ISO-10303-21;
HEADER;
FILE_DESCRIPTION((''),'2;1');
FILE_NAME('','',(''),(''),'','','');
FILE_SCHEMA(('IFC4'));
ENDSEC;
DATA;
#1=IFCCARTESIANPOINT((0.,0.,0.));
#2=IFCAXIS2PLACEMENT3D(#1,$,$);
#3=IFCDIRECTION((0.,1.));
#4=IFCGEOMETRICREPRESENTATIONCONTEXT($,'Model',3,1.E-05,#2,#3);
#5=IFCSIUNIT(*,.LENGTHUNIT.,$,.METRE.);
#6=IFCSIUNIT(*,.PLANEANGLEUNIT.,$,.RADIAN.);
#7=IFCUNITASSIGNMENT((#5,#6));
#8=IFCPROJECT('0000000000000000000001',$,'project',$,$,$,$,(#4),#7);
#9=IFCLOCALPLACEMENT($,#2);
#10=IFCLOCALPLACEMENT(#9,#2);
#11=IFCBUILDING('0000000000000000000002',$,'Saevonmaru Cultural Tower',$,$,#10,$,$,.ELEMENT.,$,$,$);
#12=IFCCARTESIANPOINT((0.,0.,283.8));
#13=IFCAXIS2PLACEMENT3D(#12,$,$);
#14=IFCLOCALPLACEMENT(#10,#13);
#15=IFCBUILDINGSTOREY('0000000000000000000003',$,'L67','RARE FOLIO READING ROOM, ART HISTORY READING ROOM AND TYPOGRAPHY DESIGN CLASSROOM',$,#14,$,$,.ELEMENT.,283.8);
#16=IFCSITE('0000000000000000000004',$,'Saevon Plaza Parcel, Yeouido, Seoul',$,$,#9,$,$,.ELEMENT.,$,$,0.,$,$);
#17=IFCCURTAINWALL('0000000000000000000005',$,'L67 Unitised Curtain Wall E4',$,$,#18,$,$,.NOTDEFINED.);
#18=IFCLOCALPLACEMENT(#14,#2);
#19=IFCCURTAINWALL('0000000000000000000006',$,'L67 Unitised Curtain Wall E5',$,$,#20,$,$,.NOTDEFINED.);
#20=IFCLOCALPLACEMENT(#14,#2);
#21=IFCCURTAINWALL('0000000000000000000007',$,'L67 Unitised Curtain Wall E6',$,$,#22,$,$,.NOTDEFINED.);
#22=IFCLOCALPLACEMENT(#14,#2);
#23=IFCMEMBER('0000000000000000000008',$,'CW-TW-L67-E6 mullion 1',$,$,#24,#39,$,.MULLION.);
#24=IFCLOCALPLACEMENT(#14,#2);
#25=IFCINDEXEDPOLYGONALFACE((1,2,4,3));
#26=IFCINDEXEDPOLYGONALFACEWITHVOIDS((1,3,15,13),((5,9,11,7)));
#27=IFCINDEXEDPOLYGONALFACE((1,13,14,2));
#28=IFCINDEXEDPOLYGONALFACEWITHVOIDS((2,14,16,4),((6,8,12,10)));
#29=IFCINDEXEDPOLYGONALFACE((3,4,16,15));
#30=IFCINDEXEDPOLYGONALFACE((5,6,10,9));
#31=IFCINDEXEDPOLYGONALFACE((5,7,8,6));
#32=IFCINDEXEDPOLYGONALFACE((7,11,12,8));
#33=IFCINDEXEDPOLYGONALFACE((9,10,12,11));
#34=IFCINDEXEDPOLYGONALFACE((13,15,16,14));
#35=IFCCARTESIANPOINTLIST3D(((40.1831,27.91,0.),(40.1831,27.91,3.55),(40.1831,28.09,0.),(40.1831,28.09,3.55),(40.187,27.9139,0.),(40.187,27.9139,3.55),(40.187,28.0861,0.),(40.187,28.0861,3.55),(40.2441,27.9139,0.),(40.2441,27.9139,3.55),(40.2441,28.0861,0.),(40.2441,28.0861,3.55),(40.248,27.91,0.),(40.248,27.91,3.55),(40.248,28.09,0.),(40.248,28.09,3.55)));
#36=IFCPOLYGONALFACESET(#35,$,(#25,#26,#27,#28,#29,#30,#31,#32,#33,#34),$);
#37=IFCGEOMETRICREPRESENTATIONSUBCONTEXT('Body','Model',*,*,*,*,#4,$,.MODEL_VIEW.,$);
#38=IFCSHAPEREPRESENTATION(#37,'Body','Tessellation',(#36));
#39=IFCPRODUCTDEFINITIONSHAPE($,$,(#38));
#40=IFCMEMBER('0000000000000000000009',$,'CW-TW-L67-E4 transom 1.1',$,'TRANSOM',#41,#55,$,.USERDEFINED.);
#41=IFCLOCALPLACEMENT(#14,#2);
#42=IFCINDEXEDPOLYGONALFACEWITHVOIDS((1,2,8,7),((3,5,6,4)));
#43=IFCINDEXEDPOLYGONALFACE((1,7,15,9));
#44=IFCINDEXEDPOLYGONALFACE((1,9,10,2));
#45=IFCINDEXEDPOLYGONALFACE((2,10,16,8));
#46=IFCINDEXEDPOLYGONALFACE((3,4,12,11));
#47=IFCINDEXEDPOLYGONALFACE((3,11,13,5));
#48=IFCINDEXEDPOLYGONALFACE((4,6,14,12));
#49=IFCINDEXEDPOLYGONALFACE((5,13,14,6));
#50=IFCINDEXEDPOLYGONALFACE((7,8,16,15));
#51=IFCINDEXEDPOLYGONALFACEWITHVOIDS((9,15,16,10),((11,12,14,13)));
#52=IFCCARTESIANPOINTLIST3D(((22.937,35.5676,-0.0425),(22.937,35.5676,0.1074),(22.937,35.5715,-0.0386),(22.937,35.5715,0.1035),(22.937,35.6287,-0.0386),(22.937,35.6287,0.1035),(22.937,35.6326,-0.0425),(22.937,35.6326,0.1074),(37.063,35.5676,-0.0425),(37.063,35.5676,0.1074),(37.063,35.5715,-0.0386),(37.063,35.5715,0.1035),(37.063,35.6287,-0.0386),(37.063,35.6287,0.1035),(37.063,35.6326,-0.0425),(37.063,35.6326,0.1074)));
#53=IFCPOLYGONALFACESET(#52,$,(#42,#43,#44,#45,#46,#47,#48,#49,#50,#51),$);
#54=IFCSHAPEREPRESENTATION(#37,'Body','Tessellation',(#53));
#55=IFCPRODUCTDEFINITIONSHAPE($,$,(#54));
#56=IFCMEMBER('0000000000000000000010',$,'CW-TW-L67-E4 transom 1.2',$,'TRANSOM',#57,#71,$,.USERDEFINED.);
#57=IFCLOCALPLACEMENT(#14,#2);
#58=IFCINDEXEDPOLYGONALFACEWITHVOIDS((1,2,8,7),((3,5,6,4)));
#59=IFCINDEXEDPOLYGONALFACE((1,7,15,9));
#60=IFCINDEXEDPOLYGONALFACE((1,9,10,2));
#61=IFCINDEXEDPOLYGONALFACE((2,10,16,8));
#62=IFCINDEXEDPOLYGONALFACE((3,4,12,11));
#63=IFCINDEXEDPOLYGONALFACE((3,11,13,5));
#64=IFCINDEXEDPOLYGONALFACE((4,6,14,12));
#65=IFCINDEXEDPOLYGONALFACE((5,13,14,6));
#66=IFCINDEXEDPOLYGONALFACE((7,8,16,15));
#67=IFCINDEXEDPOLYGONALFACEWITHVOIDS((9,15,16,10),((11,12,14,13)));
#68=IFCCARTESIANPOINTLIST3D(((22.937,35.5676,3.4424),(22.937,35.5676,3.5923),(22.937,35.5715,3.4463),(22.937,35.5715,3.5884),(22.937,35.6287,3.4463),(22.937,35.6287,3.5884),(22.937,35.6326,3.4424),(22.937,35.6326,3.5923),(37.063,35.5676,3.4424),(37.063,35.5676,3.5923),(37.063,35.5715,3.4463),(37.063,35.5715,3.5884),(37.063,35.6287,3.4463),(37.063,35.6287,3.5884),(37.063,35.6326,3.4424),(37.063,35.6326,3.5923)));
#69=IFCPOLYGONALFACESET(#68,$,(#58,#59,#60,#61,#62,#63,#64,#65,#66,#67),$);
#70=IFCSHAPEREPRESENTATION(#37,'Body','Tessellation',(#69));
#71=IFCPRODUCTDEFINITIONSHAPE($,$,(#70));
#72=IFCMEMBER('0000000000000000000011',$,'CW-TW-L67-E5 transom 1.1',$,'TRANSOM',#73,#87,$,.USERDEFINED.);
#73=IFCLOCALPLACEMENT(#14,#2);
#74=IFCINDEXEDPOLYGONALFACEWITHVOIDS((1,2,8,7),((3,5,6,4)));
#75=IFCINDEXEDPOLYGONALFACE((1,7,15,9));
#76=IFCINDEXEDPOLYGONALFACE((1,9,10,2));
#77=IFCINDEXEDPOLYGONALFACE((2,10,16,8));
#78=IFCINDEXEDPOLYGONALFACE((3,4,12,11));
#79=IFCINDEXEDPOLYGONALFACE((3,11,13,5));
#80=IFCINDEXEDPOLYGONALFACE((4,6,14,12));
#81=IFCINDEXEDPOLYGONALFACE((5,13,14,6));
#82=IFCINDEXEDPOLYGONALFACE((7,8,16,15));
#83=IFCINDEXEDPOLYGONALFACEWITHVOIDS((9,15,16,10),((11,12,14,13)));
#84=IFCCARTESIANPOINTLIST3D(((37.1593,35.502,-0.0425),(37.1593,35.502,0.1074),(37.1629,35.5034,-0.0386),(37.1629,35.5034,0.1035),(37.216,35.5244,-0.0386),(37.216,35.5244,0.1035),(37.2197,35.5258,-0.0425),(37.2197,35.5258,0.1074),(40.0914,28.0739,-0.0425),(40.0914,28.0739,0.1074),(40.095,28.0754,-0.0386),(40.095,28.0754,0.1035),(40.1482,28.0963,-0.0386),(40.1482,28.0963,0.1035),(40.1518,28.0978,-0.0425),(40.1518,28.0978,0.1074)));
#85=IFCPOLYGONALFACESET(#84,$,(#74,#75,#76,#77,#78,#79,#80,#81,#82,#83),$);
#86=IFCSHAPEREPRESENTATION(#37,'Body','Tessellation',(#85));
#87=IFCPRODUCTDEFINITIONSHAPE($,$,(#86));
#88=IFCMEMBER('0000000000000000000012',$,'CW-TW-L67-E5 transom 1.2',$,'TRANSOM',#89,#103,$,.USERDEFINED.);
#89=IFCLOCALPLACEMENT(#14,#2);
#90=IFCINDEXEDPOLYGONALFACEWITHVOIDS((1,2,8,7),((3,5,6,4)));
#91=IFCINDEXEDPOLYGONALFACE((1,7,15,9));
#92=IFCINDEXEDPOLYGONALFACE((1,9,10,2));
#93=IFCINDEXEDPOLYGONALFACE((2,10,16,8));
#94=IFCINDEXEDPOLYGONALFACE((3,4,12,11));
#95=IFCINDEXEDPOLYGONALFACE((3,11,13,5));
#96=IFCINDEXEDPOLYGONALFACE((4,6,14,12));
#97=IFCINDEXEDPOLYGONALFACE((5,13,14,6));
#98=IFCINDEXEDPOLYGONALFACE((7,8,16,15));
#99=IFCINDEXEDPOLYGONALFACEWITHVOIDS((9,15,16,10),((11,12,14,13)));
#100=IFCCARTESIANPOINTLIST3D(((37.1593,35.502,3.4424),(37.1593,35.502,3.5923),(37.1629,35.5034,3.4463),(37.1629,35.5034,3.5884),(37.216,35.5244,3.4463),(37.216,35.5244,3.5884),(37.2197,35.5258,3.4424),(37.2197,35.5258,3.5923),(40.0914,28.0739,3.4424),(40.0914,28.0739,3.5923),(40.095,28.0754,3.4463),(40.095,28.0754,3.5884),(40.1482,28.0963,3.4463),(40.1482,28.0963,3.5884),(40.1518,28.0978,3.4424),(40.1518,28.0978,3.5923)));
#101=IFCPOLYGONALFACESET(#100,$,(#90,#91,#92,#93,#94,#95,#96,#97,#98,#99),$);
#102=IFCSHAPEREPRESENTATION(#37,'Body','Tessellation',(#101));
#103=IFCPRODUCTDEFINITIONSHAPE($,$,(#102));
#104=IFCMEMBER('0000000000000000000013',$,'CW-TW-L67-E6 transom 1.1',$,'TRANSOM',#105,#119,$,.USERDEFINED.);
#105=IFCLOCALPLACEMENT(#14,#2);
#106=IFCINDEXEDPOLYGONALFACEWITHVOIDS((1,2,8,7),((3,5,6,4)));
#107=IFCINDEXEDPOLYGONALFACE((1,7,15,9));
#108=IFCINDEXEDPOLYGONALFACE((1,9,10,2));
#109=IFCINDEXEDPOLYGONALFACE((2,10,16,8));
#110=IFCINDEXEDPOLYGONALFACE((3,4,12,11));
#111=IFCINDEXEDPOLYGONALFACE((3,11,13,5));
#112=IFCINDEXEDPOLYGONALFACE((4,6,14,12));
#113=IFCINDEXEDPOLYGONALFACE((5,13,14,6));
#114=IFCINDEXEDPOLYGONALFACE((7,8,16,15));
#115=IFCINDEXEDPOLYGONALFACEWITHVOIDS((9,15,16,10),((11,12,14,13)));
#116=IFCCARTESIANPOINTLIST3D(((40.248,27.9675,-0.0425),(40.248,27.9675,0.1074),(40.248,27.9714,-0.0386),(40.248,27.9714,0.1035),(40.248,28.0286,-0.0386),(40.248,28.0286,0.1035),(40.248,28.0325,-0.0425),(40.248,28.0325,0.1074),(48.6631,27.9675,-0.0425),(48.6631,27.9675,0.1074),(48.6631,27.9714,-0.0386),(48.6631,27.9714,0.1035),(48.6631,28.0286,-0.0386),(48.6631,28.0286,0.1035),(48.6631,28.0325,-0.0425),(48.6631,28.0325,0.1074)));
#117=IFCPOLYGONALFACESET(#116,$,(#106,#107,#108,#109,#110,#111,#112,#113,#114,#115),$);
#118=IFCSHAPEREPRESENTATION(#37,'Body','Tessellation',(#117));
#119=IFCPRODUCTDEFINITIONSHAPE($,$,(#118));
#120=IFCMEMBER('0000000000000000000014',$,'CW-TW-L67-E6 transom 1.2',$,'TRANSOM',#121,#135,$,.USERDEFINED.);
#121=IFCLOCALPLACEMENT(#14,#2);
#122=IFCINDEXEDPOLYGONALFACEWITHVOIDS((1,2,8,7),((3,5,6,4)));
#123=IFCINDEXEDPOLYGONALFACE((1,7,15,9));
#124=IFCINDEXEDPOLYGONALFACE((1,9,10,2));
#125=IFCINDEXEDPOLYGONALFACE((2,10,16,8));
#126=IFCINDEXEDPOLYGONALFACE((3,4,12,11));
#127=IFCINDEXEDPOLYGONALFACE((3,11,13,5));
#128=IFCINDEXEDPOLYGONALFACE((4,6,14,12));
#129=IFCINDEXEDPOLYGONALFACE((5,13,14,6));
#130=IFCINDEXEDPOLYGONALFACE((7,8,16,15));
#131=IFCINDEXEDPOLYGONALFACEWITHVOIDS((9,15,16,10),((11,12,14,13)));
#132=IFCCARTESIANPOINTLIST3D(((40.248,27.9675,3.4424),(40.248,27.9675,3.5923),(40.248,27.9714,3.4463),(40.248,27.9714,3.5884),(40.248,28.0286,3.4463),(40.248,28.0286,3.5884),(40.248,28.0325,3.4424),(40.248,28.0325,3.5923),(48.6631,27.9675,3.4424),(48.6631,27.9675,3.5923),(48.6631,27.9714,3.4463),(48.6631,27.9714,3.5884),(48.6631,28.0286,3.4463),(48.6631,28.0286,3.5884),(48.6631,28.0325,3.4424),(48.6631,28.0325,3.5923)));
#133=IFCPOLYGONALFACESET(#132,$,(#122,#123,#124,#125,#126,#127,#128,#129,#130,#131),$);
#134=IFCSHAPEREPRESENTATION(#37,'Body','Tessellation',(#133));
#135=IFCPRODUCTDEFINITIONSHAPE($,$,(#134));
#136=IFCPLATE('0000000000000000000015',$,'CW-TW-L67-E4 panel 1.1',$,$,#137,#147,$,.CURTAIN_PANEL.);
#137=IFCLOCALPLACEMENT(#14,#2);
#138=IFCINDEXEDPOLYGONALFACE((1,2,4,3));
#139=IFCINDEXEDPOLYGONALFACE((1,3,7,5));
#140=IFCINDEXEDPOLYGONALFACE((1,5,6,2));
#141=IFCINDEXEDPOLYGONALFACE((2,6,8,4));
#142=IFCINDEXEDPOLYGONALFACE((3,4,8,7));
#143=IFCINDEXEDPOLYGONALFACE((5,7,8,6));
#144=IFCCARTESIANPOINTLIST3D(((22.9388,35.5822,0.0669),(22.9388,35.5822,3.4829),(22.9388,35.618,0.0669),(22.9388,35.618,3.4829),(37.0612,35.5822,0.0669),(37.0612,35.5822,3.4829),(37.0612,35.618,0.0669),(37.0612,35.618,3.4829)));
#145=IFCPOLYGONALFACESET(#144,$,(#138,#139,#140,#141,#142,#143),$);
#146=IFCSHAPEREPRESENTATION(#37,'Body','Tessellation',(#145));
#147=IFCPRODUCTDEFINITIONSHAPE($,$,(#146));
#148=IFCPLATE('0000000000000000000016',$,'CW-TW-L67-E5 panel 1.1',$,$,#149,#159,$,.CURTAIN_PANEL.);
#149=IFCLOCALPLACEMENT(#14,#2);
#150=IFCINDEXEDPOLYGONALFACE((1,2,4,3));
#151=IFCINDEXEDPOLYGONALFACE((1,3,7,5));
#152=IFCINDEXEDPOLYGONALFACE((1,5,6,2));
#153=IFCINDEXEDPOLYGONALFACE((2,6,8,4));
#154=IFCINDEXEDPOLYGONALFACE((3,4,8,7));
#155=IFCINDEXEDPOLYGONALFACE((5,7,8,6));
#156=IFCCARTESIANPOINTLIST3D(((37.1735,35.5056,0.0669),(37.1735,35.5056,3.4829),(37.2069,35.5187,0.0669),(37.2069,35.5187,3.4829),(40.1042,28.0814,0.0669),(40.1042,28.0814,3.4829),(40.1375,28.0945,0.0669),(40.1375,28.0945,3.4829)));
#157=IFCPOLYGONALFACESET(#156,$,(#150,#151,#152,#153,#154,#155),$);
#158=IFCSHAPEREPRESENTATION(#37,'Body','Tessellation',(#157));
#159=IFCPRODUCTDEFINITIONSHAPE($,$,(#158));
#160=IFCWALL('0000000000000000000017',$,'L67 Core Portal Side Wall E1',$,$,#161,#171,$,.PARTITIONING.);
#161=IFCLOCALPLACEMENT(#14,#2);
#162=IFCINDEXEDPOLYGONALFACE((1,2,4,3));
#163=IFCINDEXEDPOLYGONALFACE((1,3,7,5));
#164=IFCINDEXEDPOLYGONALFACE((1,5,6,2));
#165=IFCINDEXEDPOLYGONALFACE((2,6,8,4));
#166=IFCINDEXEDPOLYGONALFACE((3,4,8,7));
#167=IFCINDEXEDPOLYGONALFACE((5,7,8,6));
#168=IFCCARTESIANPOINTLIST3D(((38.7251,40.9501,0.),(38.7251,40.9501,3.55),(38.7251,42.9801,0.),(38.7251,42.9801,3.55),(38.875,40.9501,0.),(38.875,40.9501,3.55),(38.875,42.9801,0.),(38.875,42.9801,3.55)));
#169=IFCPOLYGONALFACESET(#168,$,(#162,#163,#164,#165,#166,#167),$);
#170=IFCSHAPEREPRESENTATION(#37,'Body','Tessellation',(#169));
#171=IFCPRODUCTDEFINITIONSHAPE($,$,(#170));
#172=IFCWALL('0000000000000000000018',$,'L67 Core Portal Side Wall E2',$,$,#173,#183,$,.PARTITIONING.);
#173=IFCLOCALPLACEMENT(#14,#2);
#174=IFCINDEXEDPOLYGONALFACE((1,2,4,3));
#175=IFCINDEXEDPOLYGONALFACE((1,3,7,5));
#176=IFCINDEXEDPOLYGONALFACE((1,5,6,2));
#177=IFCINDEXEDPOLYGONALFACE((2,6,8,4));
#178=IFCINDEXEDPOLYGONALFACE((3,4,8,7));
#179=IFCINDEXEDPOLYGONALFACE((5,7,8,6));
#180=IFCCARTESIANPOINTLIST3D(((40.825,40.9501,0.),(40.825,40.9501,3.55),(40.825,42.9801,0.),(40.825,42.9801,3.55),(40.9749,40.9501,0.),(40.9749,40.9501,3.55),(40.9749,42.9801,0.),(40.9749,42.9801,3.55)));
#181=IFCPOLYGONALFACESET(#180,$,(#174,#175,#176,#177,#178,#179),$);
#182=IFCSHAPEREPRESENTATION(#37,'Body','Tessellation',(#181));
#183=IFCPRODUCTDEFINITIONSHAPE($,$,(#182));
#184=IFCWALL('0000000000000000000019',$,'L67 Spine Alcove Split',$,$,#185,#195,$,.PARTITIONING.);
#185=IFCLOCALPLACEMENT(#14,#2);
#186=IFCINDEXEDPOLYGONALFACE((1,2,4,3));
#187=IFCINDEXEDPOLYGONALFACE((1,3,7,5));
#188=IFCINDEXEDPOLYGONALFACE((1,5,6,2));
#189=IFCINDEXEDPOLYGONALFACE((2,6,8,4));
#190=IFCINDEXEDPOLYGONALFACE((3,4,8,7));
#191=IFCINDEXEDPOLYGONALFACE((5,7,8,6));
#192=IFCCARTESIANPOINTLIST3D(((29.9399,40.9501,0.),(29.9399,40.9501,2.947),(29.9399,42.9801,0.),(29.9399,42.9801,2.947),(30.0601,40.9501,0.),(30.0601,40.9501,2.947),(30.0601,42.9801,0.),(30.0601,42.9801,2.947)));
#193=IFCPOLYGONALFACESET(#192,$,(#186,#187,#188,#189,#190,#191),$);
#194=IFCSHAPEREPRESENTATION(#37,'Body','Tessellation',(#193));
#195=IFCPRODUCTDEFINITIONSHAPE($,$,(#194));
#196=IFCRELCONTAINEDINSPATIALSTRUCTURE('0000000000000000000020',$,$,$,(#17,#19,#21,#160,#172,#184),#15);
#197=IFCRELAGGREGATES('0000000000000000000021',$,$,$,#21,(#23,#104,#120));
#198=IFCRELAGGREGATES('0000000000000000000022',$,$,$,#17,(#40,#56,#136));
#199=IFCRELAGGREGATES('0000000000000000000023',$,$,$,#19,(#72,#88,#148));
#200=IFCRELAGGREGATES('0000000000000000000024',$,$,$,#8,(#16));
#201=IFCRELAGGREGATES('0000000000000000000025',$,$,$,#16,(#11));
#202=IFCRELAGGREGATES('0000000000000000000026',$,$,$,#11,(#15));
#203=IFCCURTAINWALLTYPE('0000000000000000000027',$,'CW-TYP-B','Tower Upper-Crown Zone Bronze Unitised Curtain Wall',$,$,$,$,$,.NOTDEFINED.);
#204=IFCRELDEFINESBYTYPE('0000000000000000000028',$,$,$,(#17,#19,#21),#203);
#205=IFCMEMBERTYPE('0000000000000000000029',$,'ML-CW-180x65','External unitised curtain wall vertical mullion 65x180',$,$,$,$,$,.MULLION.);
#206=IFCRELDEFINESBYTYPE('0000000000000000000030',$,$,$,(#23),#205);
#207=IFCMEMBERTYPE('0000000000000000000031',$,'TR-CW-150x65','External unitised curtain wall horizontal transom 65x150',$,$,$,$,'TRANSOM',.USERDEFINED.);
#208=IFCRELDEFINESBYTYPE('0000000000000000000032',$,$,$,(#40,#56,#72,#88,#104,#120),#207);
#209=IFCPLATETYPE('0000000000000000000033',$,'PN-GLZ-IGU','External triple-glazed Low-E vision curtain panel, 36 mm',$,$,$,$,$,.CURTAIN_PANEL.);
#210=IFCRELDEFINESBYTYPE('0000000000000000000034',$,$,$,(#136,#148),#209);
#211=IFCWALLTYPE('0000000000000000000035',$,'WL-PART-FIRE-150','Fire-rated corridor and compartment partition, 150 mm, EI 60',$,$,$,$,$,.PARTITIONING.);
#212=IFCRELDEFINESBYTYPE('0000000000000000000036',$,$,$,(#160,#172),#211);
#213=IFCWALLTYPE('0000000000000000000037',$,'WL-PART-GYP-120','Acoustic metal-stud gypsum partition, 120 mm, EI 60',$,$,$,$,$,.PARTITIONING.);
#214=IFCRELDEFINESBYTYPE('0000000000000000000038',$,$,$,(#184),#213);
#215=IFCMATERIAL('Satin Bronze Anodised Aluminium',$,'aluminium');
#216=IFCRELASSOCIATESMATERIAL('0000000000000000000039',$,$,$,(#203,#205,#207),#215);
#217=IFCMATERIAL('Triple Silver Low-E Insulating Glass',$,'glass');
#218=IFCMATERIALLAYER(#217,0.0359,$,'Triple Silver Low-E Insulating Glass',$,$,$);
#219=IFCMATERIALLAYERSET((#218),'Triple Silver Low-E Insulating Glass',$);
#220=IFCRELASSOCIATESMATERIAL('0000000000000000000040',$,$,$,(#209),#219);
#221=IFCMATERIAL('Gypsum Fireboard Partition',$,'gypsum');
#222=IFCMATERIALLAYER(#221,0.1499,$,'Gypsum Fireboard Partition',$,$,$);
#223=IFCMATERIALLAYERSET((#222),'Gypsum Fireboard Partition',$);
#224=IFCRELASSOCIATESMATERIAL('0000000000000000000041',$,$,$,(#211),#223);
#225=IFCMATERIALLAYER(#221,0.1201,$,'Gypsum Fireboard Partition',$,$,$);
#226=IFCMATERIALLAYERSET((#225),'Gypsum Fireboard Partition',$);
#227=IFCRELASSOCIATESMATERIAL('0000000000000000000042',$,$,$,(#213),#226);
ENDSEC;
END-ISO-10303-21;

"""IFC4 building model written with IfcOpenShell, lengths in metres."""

from ifc_helpers import new_model, si_unit, direction, frame, frame_2d, origin, origin_2d, place, context, subcontext, project, spatial, rectangle, hollow_rectangle, extrude, material, layer, layer_set, material_profile, profile_set, type_object, element, aggregate, save


model = new_model("IFC4")

# Units and contexts
model_context = context("Model", 3, precision=1e-05, world=origin(), true_north=direction((0.0, 1.0)))
body_context = subcontext(model_context, "Body", "Model", "MODEL_VIEW")
ifc_project = project(units=[si_unit("LENGTHUNIT", "METRE"), si_unit("PLANEANGLEUNIT", "RADIAN")], contexts=[model_context])

# Site, building, storey
site_placement = place(None, origin())
site = spatial("IfcSite", under=ifc_project, at=site_placement, Name="Saevon Plaza Parcel, Yeouido, Seoul", CompositionType="ELEMENT", RefElevation=0.0)
building_placement = place(site_placement, origin())
building = spatial("IfcBuilding", under=site, at=building_placement, Name="Saevonmaru Cultural Tower", CompositionType="ELEMENT")
storey_placement = place(building_placement, frame((0.0, 0.0, 283.8)))
storey = spatial("IfcBuildingStorey", under=building, at=storey_placement, Name="L67", Description="RARE FOLIO READING ROOM, ART HISTORY READING ROOM AND TYPOGRAPHY DESIGN CLASSROOM", CompositionType="ELEMENT", Elevation=283.8)

# Shared definitions
ifc_material_1 = material(Name="Satin Bronze Anodised Aluminium", Category="aluminium")
curtain_wall_type = type_object("IfcCurtainWallType", Name="CW-TYP-B", Description="Tower Upper-Crown Zone Bronze Unitised Curtain Wall", PredefinedType="NOTDEFINED", material=ifc_material_1)
ifc_material_profile_1 = material_profile(ifc_material_1, hollow_rectangle(XDim=0.0649, YDim=0.1799, WallThickness=0.0039, at=origin_2d()), Name="ALU-MULL-180x65x4")
ifc_profile_set_1 = profile_set([ifc_material_profile_1], Name="Satin Bronze Anodised Aluminium")
member_type_1 = type_object("IfcMemberType", Name="ML-CW-180x65", Description="External unitised curtain wall vertical mullion 65x180", PredefinedType="MULLION", material=ifc_profile_set_1)

# Curtain walls
curtain_wall_1_placement = place(storey_placement, origin())
curtain_wall_1 = element("IfcCurtainWall", 1, at=curtain_wall_1_placement, inside=storey, type_object=curtain_wall_type, Name="L67 Unitised Curtain Wall E4", PredefinedType="NOTDEFINED")
curtain_wall_2_placement = place(storey_placement, origin())
curtain_wall_2 = element("IfcCurtainWall", 2, at=curtain_wall_2_placement, inside=storey, type_object=curtain_wall_type, Name="L67 Unitised Curtain Wall E5", PredefinedType="NOTDEFINED")

# Curtain wall, member
curtain_wall_3_placement = place(storey_placement, origin())
curtain_wall_3 = element("IfcCurtainWall", 3, at=curtain_wall_3_placement, inside=storey, type_object=curtain_wall_type, Name="L67 Unitised Curtain Wall E6", PredefinedType="NOTDEFINED")
member_1_placement = place(storey_placement, frame((40.2156, 28.0, 0.0), z_axis=(0.0, 0.0, 1.0), x_axis=(1.0, 0.0, 0.0)))
member_1 = element("IfcMember", 4, at=member_1_placement, type_object=member_type_1, Name="CW-TW-L67-E6 mullion 1", PredefinedType="MULLION", context=body_context, shape_type="SweptSolid", body=[
    extrude(hollow_rectangle(XDim=0.0649, YDim=0.1799, WallThickness=0.0039, at=origin_2d()), origin(), (0.0, 0.0, 1.0), 3.55),
])

# Members
ifc_material_profile_2 = material_profile(ifc_material_1, hollow_rectangle(XDim=0.0649, YDim=0.1499, WallThickness=0.0039, at=origin_2d()), Name="ALU-TRAN-150x65x4")
ifc_profile_set_2 = profile_set([ifc_material_profile_2], Name="Satin Bronze Anodised Aluminium")
member_type_2 = type_object("IfcMemberType", Name="TR-CW-150x65", Description="External unitised curtain wall horizontal transom 65x150", ElementType="TRANSOM", PredefinedType="USERDEFINED", material=ifc_profile_set_2)
member_2_placement = place(storey_placement, frame((22.937, 35.6001, 0.0325), z_axis=(1.0, 0.0, 0.0), x_axis=(0.0, 1.0, 0.0)))
member_2 = element("IfcMember", 5, at=member_2_placement, type_object=member_type_2, Name="CW-TW-L67-E4 transom 1.1", ObjectType="TRANSOM", PredefinedType="USERDEFINED", context=body_context, shape_type="SweptSolid", body=[
    extrude(hollow_rectangle(XDim=0.0649, YDim=0.1499, WallThickness=0.0039, at=origin_2d()), origin(), (0.0, 0.0, 1.0), 14.126),
])
member_3_placement = place(storey_placement, frame((22.937, 35.6001, 3.5173), z_axis=(1.0, 0.0, 0.0), x_axis=(0.0, 1.0, 0.0)))
member_3 = element("IfcMember", 6, at=member_3_placement, type_object=member_type_2, Name="CW-TW-L67-E4 transom 1.2", ObjectType="TRANSOM", PredefinedType="USERDEFINED", context=body_context, shape_type="SweptSolid", body=[
    extrude(hollow_rectangle(XDim=0.0649, YDim=0.1499, WallThickness=0.0039, at=origin_2d()), origin(), (0.0, 0.0, 1.0), 14.126),
])
member_4_placement = place(storey_placement, frame((37.1895, 35.5139, 0.0325), z_axis=(0.36717, -0.930154, 0.0), x_axis=(0.930154, 0.36717, 0.0)))
member_4 = element("IfcMember", 7, at=member_4_placement, type_object=member_type_2, Name="CW-TW-L67-E5 transom 1.1", ObjectType="TRANSOM", PredefinedType="USERDEFINED", context=body_context, shape_type="SweptSolid", body=[
    extrude(hollow_rectangle(XDim=0.0649, YDim=0.1499, WallThickness=0.0039, at=origin_2d()), origin(), (0.0, 0.0, 1.0), 7.9858),
])
member_5_placement = place(storey_placement, frame((37.1895, 35.5139, 3.5173), z_axis=(0.36717, -0.930154, 0.0), x_axis=(0.930154, 0.36717, 0.0)))
member_5 = element("IfcMember", 8, at=member_5_placement, type_object=member_type_2, Name="CW-TW-L67-E5 transom 1.2", ObjectType="TRANSOM", PredefinedType="USERDEFINED", context=body_context, shape_type="SweptSolid", body=[
    extrude(hollow_rectangle(XDim=0.0649, YDim=0.1499, WallThickness=0.0039, at=origin_2d()), origin(), (0.0, 0.0, 1.0), 7.9858),
])
member_6_placement = place(storey_placement, frame((40.248, 28.0, 0.0325), z_axis=(1.0, 0.0, 0.0), x_axis=(0.0, 1.0, 0.0)))
member_6 = element("IfcMember", 9, at=member_6_placement, type_object=member_type_2, Name="CW-TW-L67-E6 transom 1.1", ObjectType="TRANSOM", PredefinedType="USERDEFINED", context=body_context, shape_type="SweptSolid", body=[
    extrude(hollow_rectangle(XDim=0.0649, YDim=0.1499, WallThickness=0.0039, at=origin_2d()), origin(), (0.0, 0.0, 1.0), 8.415),
])
member_7_placement = place(storey_placement, frame((40.248, 28.0, 3.5173), z_axis=(1.0, 0.0, 0.0), x_axis=(0.0, 1.0, 0.0)))
member_7 = element("IfcMember", 10, at=member_7_placement, type_object=member_type_2, Name="CW-TW-L67-E6 transom 1.2", ObjectType="TRANSOM", PredefinedType="USERDEFINED", context=body_context, shape_type="SweptSolid", body=[
    extrude(hollow_rectangle(XDim=0.0649, YDim=0.1499, WallThickness=0.0039, at=origin_2d()), origin(), (0.0, 0.0, 1.0), 8.415),
])
aggregate(curtain_wall_3, [member_1, member_6, member_7])

# Plates
ifc_material_2 = material(Name="Triple Silver Low-E Insulating Glass", Category="glass")
ifc_layer_1 = layer(ifc_material_2, 0.0359, Name="Triple Silver Low-E Insulating Glass")
ifc_layer_set_1 = layer_set([ifc_layer_1], Name="Triple Silver Low-E Insulating Glass")
plate_type = type_object("IfcPlateType", Name="PN-GLZ-IGU", Description="External triple-glazed Low-E vision curtain panel, 36 mm", PredefinedType="CURTAIN_PANEL", material=ifc_layer_set_1)
plate_1_placement = place(storey_placement, frame((30.0, 35.6001, 0.0669), z_axis=(0.0, 0.0, 1.0), x_axis=(1.0, 0.0, 0.0)))
plate_1 = element("IfcPlate", 11, at=plate_1_placement, type_object=plate_type, Name="CW-TW-L67-E4 panel 1.1", PredefinedType="CURTAIN_PANEL", context=body_context, shape_type="SweptSolid", body=[
    extrude(rectangle(XDim=14.1223, YDim=0.0359, at=origin_2d()), origin(), (0.0, 0.0, 1.0), 3.416),
])
aggregate(curtain_wall_1, [member_2, member_3, plate_1])
plate_2_placement = place(storey_placement, frame((38.6555, 31.8, 0.0669), z_axis=(0.0, 0.0, 1.0), x_axis=(0.367172, -0.930153, 0.0)))
plate_2 = element("IfcPlate", 12, at=plate_2_placement, type_object=plate_type, Name="CW-TW-L67-E5 panel 1.1", PredefinedType="CURTAIN_PANEL", context=body_context, shape_type="SweptSolid", body=[
    extrude(rectangle(XDim=7.9817, YDim=0.0359, at=origin_2d()), origin(), (0.0, 0.0, 1.0), 3.416),
])
aggregate(curtain_wall_2, [member_4, member_5, plate_2])

# Walls
ifc_material_3 = material(Name="Gypsum Fireboard Partition", Category="gypsum")
ifc_layer_2 = layer(ifc_material_3, 0.1499, Name="Gypsum Fireboard Partition")
ifc_layer_set_2 = layer_set([ifc_layer_2], Name="Gypsum Fireboard Partition")
wall_type_1 = type_object("IfcWallType", Name="WL-PART-FIRE-150", Description="Fire-rated corridor and compartment partition, 150 mm, EI 60", PredefinedType="PARTITIONING", material=ifc_layer_set_2)
for number, where, z_axis, x_axis, name in (
    (13, (38.8, 40.95, 0.0), (0.0, 0.0, 1.0), (0.0, 1.0, 0.0), "L67 Core Portal Side Wall E1"),
    (14, (40.8999, 40.95, 0.0), (0.0, 0.0, 1.0), (0.0, 1.0, 0.0), "L67 Core Portal Side Wall E2"),
):
    element("IfcWall", number, at=place(storey_placement, frame(where, z_axis=z_axis, x_axis=x_axis)), inside=storey, type_object=wall_type_1, Name=name, PredefinedType="PARTITIONING", context=body_context, shape_type="SweptSolid", body=[
        extrude(rectangle(XDim=2.03, YDim=0.1499, at=frame_2d((1.0151, 0.0))), origin(), (0.0, 0.0, 1.0), 3.55),
    ])
ifc_layer_3 = layer(ifc_material_3, 0.1201, Name="Gypsum Fireboard Partition")
ifc_layer_set_3 = layer_set([ifc_layer_3], Name="Gypsum Fireboard Partition")
wall_type_2 = type_object("IfcWallType", Name="WL-PART-GYP-120", Description="Acoustic metal-stud gypsum partition, 120 mm, EI 60", PredefinedType="PARTITIONING", material=ifc_layer_set_3)
wall_1_placement = place(storey_placement, frame((30.0, 40.95, 0.0), z_axis=(0.0, 0.0, 1.0), x_axis=(0.0, 1.0, 0.0)))
element("IfcWall", 15, at=wall_1_placement, inside=storey, type_object=wall_type_2, Name="L67 Spine Alcove Split", PredefinedType="PARTITIONING", context=body_context, shape_type="SweptSolid", body=[
    extrude(rectangle(XDim=2.03, YDim=0.1201, at=frame_2d((1.0151, 0.0))), origin(), (0.0, 0.0, 1.0), 2.947),
])

save(model, "model.ifc")
